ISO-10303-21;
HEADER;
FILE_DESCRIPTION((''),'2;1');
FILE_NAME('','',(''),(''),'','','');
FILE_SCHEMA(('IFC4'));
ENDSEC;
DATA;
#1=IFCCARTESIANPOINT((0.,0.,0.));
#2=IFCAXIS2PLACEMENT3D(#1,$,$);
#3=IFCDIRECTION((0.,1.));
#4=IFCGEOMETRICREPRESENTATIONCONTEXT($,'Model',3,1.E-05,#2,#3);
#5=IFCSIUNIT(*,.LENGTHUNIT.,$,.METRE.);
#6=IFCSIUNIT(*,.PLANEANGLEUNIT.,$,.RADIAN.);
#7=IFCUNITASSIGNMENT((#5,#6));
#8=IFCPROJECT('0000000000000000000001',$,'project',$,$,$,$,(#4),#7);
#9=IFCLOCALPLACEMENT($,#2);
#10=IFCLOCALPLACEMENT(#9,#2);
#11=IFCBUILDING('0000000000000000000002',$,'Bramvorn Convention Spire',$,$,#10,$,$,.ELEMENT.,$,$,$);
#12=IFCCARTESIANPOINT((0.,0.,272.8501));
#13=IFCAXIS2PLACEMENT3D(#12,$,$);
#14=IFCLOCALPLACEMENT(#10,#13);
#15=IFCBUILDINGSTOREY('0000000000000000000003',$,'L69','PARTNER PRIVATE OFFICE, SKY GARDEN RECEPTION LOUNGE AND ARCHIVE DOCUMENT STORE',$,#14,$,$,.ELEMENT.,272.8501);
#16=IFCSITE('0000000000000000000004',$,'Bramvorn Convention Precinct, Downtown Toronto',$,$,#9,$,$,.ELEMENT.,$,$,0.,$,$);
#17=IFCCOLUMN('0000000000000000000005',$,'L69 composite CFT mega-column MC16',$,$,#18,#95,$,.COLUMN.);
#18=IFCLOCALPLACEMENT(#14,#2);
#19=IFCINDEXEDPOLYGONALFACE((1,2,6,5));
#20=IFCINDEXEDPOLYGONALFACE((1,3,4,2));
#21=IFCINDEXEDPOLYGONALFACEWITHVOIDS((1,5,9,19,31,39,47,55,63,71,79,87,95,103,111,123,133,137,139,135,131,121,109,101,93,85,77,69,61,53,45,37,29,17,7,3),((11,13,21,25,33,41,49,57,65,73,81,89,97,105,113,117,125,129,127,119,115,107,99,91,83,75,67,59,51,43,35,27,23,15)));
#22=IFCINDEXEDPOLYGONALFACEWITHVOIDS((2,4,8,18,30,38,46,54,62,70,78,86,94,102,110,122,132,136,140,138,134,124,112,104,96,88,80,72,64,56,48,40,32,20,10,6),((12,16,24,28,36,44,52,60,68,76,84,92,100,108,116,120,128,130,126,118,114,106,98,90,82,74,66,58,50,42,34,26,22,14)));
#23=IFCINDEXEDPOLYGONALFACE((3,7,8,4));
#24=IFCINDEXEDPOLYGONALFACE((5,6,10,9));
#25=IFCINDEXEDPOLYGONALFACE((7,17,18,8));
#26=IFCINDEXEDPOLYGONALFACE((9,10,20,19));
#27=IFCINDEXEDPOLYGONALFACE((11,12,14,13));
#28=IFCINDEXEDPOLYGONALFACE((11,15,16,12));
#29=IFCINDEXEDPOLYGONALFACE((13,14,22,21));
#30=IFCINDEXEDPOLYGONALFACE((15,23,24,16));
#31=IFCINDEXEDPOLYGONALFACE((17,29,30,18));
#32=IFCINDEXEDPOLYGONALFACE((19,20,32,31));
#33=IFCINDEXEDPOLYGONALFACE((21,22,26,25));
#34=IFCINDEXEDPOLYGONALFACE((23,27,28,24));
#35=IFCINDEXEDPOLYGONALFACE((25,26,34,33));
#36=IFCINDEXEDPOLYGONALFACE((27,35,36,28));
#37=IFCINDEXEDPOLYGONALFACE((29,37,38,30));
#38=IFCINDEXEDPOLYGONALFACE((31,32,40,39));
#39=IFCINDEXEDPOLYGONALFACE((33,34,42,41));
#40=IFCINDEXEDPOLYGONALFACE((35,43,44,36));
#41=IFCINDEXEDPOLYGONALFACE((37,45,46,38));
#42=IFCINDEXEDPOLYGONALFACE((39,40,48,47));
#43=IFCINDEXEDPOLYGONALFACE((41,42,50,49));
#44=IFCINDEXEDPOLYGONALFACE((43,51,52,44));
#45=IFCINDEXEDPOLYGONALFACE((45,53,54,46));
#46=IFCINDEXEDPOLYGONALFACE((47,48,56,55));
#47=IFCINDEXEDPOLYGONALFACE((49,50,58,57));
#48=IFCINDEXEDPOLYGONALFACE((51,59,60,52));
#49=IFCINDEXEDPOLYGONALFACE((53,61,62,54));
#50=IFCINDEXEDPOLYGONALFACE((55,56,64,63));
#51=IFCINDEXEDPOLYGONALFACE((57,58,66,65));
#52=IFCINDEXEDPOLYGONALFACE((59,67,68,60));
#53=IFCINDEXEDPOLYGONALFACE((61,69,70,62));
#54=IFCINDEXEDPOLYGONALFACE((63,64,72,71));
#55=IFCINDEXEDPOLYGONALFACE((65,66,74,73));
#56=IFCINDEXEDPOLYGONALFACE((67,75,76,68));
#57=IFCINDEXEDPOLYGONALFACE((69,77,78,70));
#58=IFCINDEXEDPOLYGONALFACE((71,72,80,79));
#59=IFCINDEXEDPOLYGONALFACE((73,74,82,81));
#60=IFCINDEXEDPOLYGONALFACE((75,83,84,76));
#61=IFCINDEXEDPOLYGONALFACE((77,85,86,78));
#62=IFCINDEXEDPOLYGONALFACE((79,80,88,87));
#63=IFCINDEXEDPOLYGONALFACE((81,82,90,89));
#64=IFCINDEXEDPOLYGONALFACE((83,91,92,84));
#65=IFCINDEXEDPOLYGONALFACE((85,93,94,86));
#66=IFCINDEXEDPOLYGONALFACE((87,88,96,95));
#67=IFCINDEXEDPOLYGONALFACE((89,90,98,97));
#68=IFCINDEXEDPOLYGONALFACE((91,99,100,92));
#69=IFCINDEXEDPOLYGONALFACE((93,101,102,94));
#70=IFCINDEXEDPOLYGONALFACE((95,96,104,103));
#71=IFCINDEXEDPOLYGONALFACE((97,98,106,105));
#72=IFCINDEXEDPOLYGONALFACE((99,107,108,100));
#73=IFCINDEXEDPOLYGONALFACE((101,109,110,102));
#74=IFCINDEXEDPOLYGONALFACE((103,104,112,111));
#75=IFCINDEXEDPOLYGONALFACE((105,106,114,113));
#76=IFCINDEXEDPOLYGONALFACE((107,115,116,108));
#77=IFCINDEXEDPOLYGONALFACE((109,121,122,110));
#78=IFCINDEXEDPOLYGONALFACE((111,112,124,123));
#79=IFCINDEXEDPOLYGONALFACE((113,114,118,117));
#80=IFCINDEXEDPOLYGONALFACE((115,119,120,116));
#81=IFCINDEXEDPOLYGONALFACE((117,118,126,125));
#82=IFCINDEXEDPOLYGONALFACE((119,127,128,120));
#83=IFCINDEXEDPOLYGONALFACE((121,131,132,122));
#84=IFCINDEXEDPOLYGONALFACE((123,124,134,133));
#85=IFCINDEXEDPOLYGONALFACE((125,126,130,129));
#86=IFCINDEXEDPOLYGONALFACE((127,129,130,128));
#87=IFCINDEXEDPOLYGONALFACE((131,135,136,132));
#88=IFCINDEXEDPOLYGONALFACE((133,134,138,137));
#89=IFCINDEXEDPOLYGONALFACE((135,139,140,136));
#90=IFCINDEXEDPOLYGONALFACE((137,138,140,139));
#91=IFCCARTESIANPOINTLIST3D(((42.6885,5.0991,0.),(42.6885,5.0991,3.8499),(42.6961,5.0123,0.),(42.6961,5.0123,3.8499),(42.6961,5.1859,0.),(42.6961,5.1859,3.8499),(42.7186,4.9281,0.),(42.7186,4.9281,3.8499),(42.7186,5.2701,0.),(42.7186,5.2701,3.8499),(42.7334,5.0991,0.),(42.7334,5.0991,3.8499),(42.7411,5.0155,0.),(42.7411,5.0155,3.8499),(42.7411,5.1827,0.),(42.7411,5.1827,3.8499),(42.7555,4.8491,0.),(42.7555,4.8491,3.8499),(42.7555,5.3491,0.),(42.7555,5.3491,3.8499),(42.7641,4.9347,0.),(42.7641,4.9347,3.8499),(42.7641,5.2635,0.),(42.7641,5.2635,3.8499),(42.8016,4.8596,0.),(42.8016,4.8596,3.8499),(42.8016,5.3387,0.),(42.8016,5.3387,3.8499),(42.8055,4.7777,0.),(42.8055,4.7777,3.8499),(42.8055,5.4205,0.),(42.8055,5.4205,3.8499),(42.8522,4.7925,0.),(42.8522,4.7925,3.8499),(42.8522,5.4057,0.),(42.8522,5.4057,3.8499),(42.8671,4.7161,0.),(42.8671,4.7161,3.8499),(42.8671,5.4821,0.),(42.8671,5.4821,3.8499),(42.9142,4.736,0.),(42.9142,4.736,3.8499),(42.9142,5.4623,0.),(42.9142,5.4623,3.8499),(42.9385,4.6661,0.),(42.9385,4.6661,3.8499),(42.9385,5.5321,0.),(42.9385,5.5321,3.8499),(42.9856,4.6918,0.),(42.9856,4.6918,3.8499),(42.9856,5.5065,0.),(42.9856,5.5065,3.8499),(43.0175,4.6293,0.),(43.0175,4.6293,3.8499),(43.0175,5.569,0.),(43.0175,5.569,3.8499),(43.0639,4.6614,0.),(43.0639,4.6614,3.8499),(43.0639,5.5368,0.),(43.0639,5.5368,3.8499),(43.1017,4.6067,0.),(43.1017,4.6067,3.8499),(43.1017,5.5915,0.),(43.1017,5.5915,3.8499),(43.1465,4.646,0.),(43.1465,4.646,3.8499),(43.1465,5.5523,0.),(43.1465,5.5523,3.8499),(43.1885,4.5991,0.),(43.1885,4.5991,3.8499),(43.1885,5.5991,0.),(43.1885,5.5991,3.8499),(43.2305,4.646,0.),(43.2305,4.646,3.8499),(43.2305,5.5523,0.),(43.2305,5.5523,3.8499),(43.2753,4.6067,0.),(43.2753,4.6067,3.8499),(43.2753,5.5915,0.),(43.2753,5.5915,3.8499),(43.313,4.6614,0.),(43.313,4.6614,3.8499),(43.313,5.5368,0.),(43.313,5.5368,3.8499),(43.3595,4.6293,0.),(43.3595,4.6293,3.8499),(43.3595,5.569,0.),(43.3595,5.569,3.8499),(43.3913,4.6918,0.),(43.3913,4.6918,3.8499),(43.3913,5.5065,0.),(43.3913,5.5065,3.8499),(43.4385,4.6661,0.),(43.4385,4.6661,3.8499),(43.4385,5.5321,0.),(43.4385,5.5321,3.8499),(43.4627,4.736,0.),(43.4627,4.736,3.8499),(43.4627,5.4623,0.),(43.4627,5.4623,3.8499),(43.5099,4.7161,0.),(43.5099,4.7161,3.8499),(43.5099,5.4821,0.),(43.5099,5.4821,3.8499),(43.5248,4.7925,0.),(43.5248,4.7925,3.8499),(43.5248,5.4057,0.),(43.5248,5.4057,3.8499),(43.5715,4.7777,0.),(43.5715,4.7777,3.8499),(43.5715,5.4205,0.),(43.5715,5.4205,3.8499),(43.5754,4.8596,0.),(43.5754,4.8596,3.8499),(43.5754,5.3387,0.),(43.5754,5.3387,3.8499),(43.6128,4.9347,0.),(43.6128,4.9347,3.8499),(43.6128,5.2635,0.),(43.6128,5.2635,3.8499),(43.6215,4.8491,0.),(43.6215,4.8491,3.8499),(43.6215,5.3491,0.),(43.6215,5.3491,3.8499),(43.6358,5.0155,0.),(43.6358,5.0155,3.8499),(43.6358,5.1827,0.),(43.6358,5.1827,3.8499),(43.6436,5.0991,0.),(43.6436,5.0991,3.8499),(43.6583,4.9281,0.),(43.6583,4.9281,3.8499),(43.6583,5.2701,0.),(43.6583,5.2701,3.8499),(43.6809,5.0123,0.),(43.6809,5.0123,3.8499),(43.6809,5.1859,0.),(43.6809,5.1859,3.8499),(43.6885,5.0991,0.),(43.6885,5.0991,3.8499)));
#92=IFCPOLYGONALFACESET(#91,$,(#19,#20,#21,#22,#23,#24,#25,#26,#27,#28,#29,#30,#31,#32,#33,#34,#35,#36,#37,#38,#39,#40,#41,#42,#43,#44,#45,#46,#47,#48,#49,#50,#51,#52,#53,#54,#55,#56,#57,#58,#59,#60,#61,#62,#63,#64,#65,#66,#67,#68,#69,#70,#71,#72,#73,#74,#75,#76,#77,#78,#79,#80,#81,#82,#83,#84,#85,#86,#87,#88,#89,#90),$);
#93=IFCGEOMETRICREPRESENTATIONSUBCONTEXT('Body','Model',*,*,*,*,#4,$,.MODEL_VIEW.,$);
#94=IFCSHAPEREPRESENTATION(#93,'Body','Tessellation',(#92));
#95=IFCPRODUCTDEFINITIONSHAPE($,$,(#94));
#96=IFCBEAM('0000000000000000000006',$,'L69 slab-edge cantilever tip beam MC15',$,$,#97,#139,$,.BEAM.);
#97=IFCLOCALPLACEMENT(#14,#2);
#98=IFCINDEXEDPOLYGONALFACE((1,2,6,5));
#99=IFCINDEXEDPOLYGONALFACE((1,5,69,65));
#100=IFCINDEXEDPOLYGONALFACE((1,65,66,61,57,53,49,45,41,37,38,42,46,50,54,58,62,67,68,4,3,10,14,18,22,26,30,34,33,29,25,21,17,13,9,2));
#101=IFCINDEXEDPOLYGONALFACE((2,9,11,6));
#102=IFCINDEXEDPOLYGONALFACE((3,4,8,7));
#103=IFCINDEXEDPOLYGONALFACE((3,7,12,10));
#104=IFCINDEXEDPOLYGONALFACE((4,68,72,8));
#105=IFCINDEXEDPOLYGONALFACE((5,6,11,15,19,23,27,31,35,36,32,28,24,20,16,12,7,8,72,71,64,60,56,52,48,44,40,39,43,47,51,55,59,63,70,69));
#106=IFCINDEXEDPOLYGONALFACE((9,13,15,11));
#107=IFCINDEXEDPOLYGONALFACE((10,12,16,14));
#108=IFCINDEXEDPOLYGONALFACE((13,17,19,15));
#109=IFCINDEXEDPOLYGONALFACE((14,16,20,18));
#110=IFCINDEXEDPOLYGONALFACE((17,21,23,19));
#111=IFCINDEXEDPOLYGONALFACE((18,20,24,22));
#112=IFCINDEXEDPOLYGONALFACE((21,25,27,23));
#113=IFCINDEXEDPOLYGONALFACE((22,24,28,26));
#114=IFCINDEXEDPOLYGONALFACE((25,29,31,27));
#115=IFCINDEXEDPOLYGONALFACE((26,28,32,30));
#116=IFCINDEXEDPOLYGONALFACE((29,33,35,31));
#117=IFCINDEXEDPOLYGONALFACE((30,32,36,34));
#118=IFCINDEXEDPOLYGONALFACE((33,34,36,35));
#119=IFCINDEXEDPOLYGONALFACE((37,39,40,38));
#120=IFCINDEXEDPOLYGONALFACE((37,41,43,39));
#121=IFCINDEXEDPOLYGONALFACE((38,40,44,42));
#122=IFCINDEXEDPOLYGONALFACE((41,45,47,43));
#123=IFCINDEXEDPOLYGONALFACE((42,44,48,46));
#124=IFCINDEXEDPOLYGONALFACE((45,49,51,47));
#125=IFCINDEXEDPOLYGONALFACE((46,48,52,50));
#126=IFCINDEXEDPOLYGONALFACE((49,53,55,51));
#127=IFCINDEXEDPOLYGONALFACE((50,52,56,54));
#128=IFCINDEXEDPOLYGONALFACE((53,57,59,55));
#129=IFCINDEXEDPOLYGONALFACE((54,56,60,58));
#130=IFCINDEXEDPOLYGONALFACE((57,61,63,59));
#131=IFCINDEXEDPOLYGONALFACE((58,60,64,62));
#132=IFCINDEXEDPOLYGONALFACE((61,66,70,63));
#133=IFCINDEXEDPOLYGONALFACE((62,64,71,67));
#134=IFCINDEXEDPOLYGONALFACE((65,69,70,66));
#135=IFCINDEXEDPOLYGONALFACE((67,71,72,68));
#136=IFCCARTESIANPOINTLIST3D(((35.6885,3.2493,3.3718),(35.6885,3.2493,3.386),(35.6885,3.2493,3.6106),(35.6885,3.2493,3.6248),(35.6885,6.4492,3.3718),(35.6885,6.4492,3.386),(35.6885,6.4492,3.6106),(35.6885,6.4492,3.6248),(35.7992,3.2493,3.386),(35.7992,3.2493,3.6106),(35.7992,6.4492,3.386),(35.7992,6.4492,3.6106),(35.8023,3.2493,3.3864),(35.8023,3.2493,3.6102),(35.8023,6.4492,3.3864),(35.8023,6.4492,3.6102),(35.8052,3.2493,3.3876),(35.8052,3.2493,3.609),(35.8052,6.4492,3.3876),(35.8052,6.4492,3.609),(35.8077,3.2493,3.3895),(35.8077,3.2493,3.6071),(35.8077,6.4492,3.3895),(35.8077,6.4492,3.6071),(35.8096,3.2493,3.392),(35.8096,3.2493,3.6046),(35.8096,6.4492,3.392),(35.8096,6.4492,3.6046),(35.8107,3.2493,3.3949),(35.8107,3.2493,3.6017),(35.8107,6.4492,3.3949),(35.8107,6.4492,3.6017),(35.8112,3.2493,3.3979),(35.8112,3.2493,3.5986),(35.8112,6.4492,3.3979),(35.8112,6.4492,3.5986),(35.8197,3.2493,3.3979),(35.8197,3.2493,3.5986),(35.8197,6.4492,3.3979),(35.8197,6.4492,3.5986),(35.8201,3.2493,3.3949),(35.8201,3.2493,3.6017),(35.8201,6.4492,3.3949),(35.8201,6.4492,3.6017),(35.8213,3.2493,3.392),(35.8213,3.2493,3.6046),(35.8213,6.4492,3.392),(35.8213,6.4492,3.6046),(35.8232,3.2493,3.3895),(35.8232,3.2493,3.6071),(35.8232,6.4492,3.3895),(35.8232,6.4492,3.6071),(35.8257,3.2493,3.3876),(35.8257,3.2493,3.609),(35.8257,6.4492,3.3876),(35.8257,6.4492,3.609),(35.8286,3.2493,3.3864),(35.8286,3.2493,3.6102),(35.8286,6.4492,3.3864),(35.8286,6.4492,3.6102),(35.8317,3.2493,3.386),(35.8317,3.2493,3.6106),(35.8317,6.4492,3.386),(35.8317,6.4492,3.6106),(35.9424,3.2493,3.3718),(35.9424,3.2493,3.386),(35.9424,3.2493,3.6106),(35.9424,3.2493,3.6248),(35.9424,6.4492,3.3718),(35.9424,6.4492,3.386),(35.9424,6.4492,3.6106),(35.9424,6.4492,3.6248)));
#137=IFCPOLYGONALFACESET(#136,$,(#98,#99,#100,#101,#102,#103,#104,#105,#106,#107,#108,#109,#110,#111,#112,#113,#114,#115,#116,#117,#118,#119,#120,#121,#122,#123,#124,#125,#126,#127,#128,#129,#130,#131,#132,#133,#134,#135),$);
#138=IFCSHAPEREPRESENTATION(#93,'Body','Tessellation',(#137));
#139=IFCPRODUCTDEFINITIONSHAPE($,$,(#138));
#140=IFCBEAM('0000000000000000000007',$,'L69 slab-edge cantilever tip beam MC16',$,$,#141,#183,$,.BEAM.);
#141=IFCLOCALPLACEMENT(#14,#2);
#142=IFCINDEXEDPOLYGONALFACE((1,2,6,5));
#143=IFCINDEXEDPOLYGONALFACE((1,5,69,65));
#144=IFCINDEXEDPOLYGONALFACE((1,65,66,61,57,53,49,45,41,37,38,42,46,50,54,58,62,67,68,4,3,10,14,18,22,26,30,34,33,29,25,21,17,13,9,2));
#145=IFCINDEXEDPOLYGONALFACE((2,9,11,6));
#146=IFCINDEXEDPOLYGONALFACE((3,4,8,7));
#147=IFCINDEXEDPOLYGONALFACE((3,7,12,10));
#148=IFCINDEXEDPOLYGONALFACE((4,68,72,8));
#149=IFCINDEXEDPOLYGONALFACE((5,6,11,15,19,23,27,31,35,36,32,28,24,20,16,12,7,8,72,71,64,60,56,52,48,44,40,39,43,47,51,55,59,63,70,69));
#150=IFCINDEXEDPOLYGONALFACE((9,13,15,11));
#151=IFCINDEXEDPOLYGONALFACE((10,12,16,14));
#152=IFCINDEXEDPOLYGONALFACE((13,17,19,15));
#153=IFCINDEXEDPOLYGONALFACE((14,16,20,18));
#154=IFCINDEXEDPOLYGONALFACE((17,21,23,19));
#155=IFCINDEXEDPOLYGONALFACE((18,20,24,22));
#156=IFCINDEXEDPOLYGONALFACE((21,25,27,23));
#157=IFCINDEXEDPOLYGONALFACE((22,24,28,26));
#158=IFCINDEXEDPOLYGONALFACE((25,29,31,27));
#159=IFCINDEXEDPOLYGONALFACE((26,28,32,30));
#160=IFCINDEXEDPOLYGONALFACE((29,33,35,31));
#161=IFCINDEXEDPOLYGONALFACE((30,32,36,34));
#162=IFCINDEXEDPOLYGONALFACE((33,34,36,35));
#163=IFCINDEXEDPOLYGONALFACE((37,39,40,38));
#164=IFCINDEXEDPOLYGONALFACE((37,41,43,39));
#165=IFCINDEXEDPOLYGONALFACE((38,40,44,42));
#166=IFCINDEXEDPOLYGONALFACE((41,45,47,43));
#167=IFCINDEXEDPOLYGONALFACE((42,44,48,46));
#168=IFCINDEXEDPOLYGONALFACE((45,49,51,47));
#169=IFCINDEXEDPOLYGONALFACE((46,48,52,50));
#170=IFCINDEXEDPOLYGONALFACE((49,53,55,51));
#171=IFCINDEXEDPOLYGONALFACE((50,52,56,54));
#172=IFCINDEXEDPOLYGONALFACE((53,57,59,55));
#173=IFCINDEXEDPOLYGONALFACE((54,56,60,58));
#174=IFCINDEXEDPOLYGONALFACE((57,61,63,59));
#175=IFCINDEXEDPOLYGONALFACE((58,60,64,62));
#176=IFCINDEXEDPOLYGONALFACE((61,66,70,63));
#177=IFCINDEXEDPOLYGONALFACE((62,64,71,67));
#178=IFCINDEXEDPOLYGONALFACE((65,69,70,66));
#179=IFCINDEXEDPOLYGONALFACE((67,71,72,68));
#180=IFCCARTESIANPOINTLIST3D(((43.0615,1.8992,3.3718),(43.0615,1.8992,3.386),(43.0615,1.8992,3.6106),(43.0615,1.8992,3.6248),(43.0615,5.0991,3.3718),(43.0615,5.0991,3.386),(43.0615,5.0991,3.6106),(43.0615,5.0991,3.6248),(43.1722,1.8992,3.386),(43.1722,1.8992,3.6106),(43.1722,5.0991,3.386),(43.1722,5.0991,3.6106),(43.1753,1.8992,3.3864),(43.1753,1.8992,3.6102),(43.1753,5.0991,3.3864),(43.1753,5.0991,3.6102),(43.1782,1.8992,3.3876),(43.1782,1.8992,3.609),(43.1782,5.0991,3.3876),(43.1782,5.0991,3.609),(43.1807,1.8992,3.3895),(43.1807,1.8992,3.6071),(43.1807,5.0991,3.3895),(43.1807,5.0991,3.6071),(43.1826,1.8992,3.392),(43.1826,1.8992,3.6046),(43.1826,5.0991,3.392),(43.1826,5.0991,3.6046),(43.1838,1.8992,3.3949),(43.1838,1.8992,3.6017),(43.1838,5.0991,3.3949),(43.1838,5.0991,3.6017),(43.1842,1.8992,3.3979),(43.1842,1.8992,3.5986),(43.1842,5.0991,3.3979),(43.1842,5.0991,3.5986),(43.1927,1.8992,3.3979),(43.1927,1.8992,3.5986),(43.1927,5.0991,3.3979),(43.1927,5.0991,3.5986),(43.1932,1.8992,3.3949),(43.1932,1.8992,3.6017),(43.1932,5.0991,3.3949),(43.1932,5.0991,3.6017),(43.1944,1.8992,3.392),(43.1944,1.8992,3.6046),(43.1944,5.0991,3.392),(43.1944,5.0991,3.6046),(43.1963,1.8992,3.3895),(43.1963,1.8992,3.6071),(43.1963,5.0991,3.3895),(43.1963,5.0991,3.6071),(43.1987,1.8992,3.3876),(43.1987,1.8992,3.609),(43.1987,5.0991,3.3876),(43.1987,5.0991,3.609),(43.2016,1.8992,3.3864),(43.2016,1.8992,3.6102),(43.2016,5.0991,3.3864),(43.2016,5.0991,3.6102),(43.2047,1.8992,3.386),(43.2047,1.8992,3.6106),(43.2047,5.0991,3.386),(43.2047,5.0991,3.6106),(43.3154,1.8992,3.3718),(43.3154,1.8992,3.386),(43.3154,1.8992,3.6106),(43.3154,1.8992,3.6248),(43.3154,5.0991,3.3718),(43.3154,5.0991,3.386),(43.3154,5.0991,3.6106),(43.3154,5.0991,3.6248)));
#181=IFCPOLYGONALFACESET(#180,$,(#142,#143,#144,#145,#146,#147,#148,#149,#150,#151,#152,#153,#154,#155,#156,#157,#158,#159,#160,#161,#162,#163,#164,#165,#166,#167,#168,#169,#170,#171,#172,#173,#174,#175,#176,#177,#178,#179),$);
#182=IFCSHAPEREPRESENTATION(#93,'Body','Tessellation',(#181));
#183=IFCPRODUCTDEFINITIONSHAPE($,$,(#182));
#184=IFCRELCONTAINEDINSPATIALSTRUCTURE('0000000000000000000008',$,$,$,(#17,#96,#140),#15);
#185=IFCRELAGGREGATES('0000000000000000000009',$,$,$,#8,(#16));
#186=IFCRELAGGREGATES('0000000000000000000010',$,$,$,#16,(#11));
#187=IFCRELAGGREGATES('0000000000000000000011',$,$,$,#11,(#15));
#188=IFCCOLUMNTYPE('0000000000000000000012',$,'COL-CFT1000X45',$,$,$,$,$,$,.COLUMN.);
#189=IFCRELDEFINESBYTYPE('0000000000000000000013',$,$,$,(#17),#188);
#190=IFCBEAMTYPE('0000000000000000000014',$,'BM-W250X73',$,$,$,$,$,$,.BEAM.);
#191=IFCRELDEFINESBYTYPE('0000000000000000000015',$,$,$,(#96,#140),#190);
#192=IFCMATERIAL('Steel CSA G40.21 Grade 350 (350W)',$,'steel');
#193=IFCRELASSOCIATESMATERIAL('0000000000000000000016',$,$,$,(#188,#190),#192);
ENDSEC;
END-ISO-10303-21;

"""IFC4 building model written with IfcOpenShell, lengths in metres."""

from ifc_helpers import new_model, si_unit, direction, frame, origin, origin_2d, place, context, subcontext, project, spatial, hollow_circle, i_section, extrude, material, material_profile, profile_set, type_object, element, save


model = new_model("IFC4")

# Units and contexts
model_context = context("Model", 3, precision=1e-05, world=origin(), true_north=direction((0.0, 1.0)))
body_context = subcontext(model_context, "Body", "Model", "MODEL_VIEW")
ifc_project = project(units=[si_unit("LENGTHUNIT", "METRE"), si_unit("PLANEANGLEUNIT", "RADIAN")], contexts=[model_context])

# Site, building, storey
site_placement = place(None, origin())
site = spatial("IfcSite", under=ifc_project, at=site_placement, Name="Bramvorn Convention Precinct, Downtown Toronto", CompositionType="ELEMENT", RefElevation=0.0)
building_placement = place(site_placement, origin())
building = spatial("IfcBuilding", under=site, at=building_placement, Name="Bramvorn Convention Spire", CompositionType="ELEMENT")
storey_placement = place(building_placement, frame((0.0, 0.0, 272.8501)))
storey = spatial("IfcBuildingStorey", under=building, at=storey_placement, Name="L69", Description="PARTNER PRIVATE OFFICE, SKY GARDEN RECEPTION LOUNGE AND ARCHIVE DOCUMENT STORE", CompositionType="ELEMENT", Elevation=272.8501)

# Column
ifc_material_1 = material(Name="Steel CSA G40.21 Grade 350 (350W)", Category="steel")
ifc_material_profile_1 = material_profile(ifc_material_1, hollow_circle(Radius=0.5, WallThickness=0.0449, at=origin_2d()))
ifc_profile_set_1 = profile_set([ifc_material_profile_1], Name="Steel CSA G40.21 Grade 350 (350W) - CFT1000X45")
column_type = type_object("IfcColumnType", Name="COL-CFT1000X45", PredefinedType="COLUMN", material=ifc_profile_set_1)
for number, where, z_axis, x_axis, name in (
    (1, (43.1885, 5.0991, 0.0), (0.0, 0.0, 1.0), (1.0, 0.0, 0.0), "L69 composite CFT mega-column MC16"),
):
    element("IfcColumn", number, at=place(storey_placement, frame(where, z_axis=z_axis, x_axis=x_axis)), inside=storey, type_object=column_type, Name=name, PredefinedType="COLUMN", context=body_context, shape_type="SweptSolid", body=[
        extrude(hollow_circle(Radius=0.5, WallThickness=0.0449, at=origin_2d()), origin(), (0.0, 0.0, 1.0), 3.8499),
    ])

# Beams
ifc_material_profile_2 = material_profile(ifc_material_1, i_section(OverallWidth=0.2539, OverallDepth=0.2529, WebThickness=0.0085, FlangeThickness=0.0142, FilletRadius=0.012, at=origin_2d()))
ifc_profile_set_2 = profile_set([ifc_material_profile_2], Name="Steel CSA G40.21 Grade 350 (350W) - W250X73")
beam_type_1 = type_object("IfcBeamType", Name="BM-W250X73", PredefinedType="BEAM", material=ifc_profile_set_2)
for number, where, z_axis, x_axis, name in (
    (2, (35.8154, 6.4492, 3.4983), (0.0, -1.0, 0.0), (1.0, 0.0, 0.0), "L69 slab-edge cantilever tip beam MC15"),
    (3, (43.1885, 5.0991, 3.4983), (0.0, -1.0, 0.0), (1.0, 0.0, 0.0), "L69 slab-edge cantilever tip beam MC16"),
):
    element("IfcBeam", number, at=place(storey_placement, frame(where, z_axis=z_axis, x_axis=x_axis)), inside=storey, type_object=beam_type_1, Name=name, PredefinedType="BEAM", context=body_context, shape_type="SweptSolid", body=[
        extrude(i_section(OverallWidth=0.2539, OverallDepth=0.2529, WebThickness=0.0085, FlangeThickness=0.0142, FilletRadius=0.012, at=origin_2d()), origin(), (0.0, 0.0, 1.0), 3.2),
    ])

save(model, "model.ifc")
